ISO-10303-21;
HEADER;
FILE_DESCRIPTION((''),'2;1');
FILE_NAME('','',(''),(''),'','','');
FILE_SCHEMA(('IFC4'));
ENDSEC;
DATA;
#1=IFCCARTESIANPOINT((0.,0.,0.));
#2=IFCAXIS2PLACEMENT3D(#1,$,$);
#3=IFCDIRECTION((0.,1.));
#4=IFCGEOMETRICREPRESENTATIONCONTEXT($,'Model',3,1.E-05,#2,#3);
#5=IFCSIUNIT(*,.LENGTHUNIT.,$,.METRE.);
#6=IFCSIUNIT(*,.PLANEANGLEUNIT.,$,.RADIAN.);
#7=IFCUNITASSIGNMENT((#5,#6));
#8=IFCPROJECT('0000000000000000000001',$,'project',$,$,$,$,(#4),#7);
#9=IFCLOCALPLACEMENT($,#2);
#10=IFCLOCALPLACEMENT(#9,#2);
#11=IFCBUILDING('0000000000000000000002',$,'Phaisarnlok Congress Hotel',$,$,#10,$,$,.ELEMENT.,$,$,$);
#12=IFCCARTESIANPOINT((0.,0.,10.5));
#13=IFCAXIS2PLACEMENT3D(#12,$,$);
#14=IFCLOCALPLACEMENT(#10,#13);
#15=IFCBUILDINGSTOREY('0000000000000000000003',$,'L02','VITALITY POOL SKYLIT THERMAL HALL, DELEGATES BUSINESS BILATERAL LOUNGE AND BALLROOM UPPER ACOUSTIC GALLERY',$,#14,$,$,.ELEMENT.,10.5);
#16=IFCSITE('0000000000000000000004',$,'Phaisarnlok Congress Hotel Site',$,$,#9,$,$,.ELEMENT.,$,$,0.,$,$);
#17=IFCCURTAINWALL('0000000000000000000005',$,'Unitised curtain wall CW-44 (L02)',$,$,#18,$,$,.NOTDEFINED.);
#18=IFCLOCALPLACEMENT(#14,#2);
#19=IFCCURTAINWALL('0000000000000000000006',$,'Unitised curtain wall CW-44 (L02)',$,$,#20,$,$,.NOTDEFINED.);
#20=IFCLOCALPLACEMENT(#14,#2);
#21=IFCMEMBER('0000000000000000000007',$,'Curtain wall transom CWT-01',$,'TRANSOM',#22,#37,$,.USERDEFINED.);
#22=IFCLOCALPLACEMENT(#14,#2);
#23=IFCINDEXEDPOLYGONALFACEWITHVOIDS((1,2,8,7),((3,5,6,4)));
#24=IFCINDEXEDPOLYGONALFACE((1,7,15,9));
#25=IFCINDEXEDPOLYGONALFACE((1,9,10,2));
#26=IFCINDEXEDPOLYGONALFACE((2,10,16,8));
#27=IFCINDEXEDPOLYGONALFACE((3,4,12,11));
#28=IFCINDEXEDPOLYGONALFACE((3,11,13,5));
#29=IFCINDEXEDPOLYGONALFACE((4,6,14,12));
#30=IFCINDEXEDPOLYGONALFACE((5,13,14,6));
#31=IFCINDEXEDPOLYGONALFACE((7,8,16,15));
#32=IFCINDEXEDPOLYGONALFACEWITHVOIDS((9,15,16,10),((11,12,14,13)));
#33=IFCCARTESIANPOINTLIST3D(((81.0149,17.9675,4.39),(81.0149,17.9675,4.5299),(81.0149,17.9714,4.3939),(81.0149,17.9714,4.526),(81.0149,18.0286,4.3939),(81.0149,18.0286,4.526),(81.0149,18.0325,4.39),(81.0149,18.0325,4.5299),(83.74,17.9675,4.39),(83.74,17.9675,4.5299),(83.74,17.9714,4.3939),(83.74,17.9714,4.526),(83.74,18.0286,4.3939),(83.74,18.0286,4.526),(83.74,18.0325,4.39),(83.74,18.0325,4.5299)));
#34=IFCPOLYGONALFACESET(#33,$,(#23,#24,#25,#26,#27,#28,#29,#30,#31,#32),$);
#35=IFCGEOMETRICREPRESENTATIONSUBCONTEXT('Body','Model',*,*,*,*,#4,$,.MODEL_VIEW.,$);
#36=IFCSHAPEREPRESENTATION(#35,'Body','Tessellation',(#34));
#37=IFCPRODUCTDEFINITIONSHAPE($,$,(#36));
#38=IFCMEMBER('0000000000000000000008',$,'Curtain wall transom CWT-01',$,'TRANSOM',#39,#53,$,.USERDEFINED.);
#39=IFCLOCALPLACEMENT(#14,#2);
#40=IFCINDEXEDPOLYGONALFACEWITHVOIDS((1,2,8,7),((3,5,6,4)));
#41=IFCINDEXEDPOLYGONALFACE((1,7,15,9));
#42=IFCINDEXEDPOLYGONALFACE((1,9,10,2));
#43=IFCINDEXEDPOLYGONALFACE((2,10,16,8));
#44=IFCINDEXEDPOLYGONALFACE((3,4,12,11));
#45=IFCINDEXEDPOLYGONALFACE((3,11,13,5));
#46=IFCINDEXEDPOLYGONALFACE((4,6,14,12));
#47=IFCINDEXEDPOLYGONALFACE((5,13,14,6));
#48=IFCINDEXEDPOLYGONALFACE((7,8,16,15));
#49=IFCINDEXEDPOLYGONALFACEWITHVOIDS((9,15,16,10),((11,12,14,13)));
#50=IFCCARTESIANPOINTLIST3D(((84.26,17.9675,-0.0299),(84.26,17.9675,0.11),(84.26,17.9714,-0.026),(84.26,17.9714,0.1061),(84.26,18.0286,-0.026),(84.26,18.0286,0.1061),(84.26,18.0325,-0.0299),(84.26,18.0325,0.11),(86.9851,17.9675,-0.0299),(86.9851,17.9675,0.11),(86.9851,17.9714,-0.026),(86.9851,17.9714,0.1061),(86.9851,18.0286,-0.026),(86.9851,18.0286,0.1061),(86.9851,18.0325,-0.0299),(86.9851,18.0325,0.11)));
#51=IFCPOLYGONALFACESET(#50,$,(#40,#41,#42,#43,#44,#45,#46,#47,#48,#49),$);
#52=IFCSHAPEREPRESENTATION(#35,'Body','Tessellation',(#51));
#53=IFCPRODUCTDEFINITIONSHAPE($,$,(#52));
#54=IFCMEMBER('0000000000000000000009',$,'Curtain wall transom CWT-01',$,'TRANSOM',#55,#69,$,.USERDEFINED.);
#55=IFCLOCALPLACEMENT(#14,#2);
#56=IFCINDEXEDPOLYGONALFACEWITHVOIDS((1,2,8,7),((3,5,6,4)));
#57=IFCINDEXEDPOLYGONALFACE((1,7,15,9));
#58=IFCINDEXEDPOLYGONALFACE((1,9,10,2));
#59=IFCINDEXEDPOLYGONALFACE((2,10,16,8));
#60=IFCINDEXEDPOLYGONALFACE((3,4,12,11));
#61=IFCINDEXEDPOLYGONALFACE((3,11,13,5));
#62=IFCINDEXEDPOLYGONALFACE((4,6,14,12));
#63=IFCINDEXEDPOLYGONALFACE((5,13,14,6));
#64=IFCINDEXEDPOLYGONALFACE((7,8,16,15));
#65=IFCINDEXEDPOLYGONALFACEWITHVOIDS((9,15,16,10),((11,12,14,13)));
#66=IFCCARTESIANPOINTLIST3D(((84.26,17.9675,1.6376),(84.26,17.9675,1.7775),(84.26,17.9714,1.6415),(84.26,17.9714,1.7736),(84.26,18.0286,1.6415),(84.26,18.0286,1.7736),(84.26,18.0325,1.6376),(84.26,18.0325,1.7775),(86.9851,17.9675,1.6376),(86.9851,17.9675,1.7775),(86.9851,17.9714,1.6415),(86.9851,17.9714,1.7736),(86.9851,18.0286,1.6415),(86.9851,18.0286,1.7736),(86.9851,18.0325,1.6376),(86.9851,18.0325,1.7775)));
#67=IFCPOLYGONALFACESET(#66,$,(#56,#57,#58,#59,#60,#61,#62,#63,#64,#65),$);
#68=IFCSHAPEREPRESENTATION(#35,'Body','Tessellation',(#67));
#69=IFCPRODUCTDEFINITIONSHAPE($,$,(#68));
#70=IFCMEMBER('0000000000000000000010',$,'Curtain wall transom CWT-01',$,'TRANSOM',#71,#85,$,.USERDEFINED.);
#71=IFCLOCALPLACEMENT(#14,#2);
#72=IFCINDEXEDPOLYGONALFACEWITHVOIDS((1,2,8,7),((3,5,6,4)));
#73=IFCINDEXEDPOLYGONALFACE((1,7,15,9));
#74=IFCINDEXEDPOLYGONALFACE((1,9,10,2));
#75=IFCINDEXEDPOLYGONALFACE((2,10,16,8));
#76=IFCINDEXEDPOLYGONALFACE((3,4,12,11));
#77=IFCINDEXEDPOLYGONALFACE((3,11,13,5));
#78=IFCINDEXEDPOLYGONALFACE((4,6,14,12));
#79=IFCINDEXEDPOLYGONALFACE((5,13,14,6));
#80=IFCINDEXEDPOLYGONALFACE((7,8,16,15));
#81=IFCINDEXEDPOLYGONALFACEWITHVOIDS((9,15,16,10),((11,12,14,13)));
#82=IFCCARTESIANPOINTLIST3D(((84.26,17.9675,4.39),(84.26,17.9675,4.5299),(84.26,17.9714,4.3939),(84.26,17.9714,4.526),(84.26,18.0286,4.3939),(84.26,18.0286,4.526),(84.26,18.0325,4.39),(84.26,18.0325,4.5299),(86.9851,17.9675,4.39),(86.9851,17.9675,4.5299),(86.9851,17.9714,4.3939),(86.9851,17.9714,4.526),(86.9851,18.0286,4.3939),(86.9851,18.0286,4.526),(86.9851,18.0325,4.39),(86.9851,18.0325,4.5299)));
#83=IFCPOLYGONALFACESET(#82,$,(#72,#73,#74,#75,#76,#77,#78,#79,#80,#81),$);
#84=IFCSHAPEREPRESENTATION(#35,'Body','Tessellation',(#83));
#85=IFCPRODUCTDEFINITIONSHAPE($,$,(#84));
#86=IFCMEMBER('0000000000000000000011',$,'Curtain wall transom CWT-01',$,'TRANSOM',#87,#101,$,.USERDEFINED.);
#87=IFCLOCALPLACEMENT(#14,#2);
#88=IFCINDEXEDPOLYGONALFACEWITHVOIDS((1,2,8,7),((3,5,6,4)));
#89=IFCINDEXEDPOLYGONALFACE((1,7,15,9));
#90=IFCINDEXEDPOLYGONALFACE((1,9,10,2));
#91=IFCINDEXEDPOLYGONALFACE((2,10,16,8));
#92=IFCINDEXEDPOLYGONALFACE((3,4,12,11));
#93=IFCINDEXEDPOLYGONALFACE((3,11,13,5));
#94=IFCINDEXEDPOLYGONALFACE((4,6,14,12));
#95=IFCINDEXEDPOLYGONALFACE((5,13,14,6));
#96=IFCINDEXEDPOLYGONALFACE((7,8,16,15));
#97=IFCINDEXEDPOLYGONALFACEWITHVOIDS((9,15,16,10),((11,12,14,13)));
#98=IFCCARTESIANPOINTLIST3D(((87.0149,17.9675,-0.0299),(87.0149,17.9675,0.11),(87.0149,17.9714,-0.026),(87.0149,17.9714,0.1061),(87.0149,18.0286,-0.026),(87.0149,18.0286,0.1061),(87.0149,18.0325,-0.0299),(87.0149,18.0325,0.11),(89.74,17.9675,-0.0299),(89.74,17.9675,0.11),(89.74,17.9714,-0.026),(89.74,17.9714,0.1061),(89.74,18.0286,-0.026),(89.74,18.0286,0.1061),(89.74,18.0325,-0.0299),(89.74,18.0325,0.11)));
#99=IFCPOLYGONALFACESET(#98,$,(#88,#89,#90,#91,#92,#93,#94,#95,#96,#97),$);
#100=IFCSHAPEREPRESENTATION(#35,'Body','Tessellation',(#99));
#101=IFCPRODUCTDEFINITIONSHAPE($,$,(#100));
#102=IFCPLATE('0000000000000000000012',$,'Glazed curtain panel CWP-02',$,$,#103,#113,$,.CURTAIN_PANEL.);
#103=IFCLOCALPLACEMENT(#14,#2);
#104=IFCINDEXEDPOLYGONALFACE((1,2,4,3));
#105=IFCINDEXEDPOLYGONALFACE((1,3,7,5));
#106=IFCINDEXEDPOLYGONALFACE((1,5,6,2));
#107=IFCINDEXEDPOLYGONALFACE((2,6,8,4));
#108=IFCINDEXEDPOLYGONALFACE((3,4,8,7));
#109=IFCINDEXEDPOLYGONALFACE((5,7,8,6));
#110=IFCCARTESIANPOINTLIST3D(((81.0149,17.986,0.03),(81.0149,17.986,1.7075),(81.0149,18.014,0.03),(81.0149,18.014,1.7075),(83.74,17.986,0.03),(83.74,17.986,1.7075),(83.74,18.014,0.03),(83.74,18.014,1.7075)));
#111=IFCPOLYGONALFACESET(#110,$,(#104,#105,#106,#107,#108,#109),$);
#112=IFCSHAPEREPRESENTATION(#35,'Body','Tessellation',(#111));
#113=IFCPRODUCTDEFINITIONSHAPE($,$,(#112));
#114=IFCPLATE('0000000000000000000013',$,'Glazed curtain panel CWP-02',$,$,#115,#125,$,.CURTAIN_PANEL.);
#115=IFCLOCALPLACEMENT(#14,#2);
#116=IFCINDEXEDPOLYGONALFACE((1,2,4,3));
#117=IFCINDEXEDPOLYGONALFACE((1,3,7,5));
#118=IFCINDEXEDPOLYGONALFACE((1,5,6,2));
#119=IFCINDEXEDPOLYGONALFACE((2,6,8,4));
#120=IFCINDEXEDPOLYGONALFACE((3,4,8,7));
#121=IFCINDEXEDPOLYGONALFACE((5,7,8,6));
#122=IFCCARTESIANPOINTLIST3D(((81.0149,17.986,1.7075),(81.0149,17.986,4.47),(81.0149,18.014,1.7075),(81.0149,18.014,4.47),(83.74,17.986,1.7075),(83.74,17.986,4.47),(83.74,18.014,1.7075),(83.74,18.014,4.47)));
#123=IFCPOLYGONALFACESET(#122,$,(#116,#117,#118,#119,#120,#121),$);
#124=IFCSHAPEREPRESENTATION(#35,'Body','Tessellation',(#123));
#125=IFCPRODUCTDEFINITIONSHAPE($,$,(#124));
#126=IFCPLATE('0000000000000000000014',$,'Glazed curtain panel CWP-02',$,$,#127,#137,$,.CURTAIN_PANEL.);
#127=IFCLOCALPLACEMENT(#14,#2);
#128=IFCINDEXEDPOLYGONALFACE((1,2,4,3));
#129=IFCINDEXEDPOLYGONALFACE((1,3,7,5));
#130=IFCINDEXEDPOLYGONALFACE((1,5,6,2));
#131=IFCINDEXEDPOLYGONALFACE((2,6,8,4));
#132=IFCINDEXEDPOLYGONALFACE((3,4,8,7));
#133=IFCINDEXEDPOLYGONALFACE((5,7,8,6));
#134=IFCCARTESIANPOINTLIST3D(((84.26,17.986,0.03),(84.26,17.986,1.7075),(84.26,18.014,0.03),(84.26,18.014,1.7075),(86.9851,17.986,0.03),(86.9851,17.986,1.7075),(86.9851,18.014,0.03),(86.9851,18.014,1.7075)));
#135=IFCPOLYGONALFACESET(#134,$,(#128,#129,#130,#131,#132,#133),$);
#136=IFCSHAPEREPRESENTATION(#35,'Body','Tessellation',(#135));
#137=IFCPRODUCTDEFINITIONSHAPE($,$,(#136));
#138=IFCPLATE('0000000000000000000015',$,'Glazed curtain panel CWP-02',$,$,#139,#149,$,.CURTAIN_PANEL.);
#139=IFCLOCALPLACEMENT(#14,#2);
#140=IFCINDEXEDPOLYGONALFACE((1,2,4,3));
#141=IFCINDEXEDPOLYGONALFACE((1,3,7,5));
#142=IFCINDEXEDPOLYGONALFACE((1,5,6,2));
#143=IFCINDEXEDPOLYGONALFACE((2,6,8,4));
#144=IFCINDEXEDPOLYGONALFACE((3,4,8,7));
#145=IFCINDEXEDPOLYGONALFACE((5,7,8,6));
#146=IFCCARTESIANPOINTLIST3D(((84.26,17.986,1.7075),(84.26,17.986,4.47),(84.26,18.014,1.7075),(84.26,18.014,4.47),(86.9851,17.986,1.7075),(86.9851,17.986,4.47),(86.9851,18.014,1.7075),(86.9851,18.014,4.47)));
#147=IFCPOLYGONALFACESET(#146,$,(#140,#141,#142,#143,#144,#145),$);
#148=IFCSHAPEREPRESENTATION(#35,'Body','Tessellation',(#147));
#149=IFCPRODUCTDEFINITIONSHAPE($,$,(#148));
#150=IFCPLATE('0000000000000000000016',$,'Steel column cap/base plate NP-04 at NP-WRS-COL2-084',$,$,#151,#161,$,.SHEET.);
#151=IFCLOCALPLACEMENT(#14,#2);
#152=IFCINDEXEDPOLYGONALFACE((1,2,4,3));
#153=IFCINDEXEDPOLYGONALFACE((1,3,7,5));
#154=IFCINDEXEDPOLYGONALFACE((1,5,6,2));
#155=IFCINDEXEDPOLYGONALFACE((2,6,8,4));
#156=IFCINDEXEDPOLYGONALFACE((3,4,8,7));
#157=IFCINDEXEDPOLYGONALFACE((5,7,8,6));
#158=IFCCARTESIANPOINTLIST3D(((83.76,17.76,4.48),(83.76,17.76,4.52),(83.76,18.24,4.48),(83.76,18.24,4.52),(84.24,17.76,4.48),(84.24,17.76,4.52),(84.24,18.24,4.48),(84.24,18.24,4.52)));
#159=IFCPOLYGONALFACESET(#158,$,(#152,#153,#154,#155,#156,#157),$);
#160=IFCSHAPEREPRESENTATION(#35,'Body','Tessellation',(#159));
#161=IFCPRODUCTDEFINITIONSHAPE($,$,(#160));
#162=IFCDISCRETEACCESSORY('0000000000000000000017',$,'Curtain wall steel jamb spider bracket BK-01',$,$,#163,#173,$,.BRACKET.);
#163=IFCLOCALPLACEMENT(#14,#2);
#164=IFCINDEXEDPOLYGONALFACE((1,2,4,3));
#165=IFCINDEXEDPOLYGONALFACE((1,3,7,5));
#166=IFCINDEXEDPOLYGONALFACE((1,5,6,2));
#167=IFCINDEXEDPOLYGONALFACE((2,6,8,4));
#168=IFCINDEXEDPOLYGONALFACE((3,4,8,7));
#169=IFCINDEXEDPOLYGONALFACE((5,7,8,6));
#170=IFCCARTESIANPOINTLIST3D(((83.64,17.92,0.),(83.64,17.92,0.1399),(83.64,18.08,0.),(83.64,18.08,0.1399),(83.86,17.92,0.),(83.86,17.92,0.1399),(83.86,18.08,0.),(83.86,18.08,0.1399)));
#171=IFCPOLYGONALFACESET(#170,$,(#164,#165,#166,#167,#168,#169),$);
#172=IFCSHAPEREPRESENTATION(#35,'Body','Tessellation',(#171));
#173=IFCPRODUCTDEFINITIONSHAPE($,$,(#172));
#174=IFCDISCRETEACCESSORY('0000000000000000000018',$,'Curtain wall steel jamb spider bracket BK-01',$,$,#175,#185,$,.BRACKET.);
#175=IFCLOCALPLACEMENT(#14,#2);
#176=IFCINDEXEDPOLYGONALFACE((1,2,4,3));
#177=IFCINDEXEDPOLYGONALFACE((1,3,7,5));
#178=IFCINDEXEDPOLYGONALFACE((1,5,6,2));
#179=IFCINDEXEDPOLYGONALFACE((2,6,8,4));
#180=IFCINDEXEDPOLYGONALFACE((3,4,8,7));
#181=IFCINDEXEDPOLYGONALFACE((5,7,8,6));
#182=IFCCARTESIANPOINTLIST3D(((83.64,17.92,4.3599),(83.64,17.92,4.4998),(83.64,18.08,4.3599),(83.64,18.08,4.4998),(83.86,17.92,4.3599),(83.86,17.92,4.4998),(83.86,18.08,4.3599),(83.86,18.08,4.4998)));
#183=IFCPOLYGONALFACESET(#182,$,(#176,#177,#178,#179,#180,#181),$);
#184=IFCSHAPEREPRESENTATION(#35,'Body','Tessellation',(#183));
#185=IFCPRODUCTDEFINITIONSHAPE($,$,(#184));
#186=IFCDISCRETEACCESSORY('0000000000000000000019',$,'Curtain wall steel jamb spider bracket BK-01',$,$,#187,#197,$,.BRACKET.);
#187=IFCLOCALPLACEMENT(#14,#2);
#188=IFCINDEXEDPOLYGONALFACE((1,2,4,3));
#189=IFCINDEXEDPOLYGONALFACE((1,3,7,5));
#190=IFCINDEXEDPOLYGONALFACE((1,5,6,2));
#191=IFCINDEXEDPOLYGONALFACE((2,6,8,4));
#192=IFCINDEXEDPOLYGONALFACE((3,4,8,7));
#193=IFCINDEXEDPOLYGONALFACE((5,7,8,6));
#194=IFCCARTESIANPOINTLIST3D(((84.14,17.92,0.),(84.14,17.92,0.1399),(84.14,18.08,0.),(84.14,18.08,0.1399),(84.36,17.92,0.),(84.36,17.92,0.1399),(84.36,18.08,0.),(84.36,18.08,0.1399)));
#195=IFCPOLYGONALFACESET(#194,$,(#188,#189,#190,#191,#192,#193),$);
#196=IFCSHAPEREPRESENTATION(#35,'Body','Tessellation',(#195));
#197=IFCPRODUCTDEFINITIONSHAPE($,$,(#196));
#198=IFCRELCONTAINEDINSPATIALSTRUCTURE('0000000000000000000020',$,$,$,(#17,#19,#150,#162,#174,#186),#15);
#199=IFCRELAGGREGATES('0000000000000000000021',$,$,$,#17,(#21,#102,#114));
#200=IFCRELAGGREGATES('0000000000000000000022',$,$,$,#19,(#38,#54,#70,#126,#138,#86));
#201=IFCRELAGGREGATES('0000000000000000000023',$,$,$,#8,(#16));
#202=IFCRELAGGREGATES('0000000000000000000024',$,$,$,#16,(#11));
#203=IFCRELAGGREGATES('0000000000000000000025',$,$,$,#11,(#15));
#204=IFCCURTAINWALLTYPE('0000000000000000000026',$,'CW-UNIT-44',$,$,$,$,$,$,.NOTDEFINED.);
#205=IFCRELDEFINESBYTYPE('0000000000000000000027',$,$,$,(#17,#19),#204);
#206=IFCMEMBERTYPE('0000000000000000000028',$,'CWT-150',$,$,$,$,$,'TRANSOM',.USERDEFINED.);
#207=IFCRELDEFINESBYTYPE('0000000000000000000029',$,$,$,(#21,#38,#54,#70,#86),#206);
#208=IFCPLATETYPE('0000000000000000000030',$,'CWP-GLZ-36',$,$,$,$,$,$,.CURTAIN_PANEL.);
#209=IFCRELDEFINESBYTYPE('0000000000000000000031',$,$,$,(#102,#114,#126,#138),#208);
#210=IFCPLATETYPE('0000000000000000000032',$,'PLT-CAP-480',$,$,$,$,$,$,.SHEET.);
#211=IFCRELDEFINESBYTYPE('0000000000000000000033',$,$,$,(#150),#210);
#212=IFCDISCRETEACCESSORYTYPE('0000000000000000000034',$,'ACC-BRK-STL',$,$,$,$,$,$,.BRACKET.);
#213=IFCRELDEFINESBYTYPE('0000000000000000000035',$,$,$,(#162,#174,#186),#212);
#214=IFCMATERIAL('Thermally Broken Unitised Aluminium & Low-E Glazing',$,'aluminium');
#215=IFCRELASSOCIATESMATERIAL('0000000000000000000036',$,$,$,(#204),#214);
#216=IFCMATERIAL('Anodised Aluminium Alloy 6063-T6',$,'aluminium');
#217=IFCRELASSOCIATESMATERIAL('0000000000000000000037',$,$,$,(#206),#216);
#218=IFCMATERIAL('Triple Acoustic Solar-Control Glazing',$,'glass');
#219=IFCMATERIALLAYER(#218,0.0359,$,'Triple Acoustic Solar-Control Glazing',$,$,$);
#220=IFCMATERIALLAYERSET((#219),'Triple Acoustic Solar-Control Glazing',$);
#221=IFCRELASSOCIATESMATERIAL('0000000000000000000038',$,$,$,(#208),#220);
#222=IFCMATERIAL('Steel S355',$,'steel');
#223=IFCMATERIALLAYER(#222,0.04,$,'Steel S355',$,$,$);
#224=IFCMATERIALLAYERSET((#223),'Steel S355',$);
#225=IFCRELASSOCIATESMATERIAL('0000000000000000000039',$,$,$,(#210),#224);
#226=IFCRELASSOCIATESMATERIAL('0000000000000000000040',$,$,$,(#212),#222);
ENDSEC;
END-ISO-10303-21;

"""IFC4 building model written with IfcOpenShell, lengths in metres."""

from ifc_helpers import new_model, si_unit, direction, frame, frame_2d, origin, origin_2d, place, context, subcontext, project, spatial, rectangle, hollow_rectangle, extrude, material, layer, layer_set, material_profile, profile_set, type_object, element, aggregate, save


model = new_model("IFC4")

# Units and contexts
model_context = context("Model", 3, precision=1e-05, world=origin(), true_north=direction((0.0, 1.0)))
body_context = subcontext(model_context, "Body", "Model", "MODEL_VIEW")
ifc_project = project(units=[si_unit("LENGTHUNIT", "METRE"), si_unit("PLANEANGLEUNIT", "RADIAN")], contexts=[model_context])

# Site, building, storey
site_placement = place(None, origin())
site = spatial("IfcSite", under=ifc_project, at=site_placement, Name="Phaisarnlok Congress Hotel Site", CompositionType="ELEMENT", RefElevation=0.0)
building_placement = place(site_placement, origin())
building = spatial("IfcBuilding", under=site, at=building_placement, Name="Phaisarnlok Congress Hotel", CompositionType="ELEMENT")
storey_placement = place(building_placement, frame((0.0, 0.0, 10.5)))
storey = spatial("IfcBuildingStorey", under=building, at=storey_placement, Name="L02", Description="VITALITY POOL SKYLIT THERMAL HALL, DELEGATES BUSINESS BILATERAL LOUNGE AND BALLROOM UPPER ACOUSTIC GALLERY", CompositionType="ELEMENT", Elevation=10.5)

# Shared definitions
ifc_material_1 = material(Name="Steel S355", Category="steel")

# Curtain walls
ifc_material_2 = material(Name="Thermally Broken Unitised Aluminium & Low-E Glazing", Category="aluminium")
curtain_wall_type = type_object("IfcCurtainWallType", Name="CW-UNIT-44", PredefinedType="NOTDEFINED", material=ifc_material_2)
curtain_wall_1_placement = place(storey_placement, origin())
curtain_wall_1 = element("IfcCurtainWall", 1, at=curtain_wall_1_placement, inside=storey, type_object=curtain_wall_type, Name="Unitised curtain wall CW-44 (L02)", PredefinedType="NOTDEFINED")
ifc_material_3 = material(Name="Anodised Aluminium Alloy 6063-T6", Category="aluminium")
curtain_wall_2_placement = place(storey_placement, origin())
curtain_wall_2 = element("IfcCurtainWall", 2, at=curtain_wall_2_placement, inside=storey, type_object=curtain_wall_type, Name="Unitised curtain wall CW-44 (L02)", PredefinedType="NOTDEFINED")

# Members
ifc_material_profile_1 = material_profile(ifc_material_3, hollow_rectangle(XDim=0.0649, YDim=0.1399, WallThickness=0.0039, at=origin_2d()), Name="ALU-T 65x140x4")
ifc_profile_set_1 = profile_set([ifc_material_profile_1], Name="Anodised Aluminium Alloy 6063-T6")
member_type_1 = type_object("IfcMemberType", Name="CWT-150", ElementType="TRANSOM", PredefinedType="USERDEFINED", material=ifc_profile_set_1)
member_1_placement = place(storey_placement, frame((81.0149, 18.0, 4.46), z_axis=(1.0, 0.0, 0.0), x_axis=(0.0, 1.0, 0.0)))
member_1 = element("IfcMember", 3, at=member_1_placement, type_object=member_type_1, Name="Curtain wall transom CWT-01", ObjectType="TRANSOM", PredefinedType="USERDEFINED", context=body_context, shape_type="SweptSolid", body=[
    extrude(hollow_rectangle(XDim=0.0649, YDim=0.1399, WallThickness=0.0039, at=origin_2d()), origin(), (0.0, 0.0, 1.0), 2.7251),
])
member_2_placement = place(storey_placement, frame((84.26, 18.0, 0.04), z_axis=(1.0, 0.0, 0.0), x_axis=(0.0, 1.0, 0.0)))
member_2 = element("IfcMember", 4, at=member_2_placement, type_object=member_type_1, Name="Curtain wall transom CWT-01", ObjectType="TRANSOM", PredefinedType="USERDEFINED", context=body_context, shape_type="SweptSolid", body=[
    extrude(hollow_rectangle(XDim=0.0649, YDim=0.1399, WallThickness=0.0039, at=origin_2d()), origin(), (0.0, 0.0, 1.0), 2.7251),
])
member_3_placement = place(storey_placement, frame((84.26, 18.0, 1.7075), z_axis=(1.0, 0.0, 0.0), x_axis=(0.0, 1.0, 0.0)))
member_3 = element("IfcMember", 5, at=member_3_placement, type_object=member_type_1, Name="Curtain wall transom CWT-01", ObjectType="TRANSOM", PredefinedType="USERDEFINED", context=body_context, shape_type="SweptSolid", body=[
    extrude(hollow_rectangle(XDim=0.0649, YDim=0.1399, WallThickness=0.0039, at=origin_2d()), origin(), (0.0, 0.0, 1.0), 2.7251),
])
member_4_placement = place(storey_placement, frame((84.26, 18.0, 4.46), z_axis=(1.0, 0.0, 0.0), x_axis=(0.0, 1.0, 0.0)))
member_4 = element("IfcMember", 6, at=member_4_placement, type_object=member_type_1, Name="Curtain wall transom CWT-01", ObjectType="TRANSOM", PredefinedType="USERDEFINED", context=body_context, shape_type="SweptSolid", body=[
    extrude(hollow_rectangle(XDim=0.0649, YDim=0.1399, WallThickness=0.0039, at=origin_2d()), origin(), (0.0, 0.0, 1.0), 2.7251),
])
member_5_placement = place(storey_placement, frame((87.0149, 18.0, 0.04), z_axis=(1.0, 0.0, 0.0), x_axis=(0.0, 1.0, 0.0)))
member_5 = element("IfcMember", 7, at=member_5_placement, type_object=member_type_1, Name="Curtain wall transom CWT-01", ObjectType="TRANSOM", PredefinedType="USERDEFINED", context=body_context, shape_type="SweptSolid", body=[
    extrude(hollow_rectangle(XDim=0.0649, YDim=0.1399, WallThickness=0.0039, at=origin_2d()), origin(), (0.0, 0.0, 1.0), 2.7251),
])

# Plates
ifc_material_4 = material(Name="Triple Acoustic Solar-Control Glazing", Category="glass")
ifc_layer_1 = layer(ifc_material_4, 0.0359, Name="Triple Acoustic Solar-Control Glazing")
ifc_layer_set_1 = layer_set([ifc_layer_1], Name="Triple Acoustic Solar-Control Glazing")
plate_type_1 = type_object("IfcPlateType", Name="CWP-GLZ-36", PredefinedType="CURTAIN_PANEL", material=ifc_layer_set_1)
plate_1_placement = place(storey_placement, frame((81.0149, 18.0, 0.03), z_axis=(0.0, 0.0, 1.0), x_axis=(1.0, 0.0, 0.0)))
plate_1 = element("IfcPlate", 8, at=plate_1_placement, type_object=plate_type_1, Name="Glazed curtain panel CWP-02", PredefinedType="CURTAIN_PANEL", context=body_context, shape_type="SweptSolid", body=[
    extrude(rectangle(XDim=2.7251, YDim=0.0281, at=frame_2d((1.3625, 0.0))), origin(), (0.0, 0.0, 1.0), 1.6775),
])
plate_2_placement = place(storey_placement, frame((81.0149, 18.0, 1.7075), z_axis=(0.0, 0.0, 1.0), x_axis=(1.0, 0.0, 0.0)))
plate_2 = element("IfcPlate", 9, at=plate_2_placement, type_object=plate_type_1, Name="Glazed curtain panel CWP-02", PredefinedType="CURTAIN_PANEL", context=body_context, shape_type="SweptSolid", body=[
    extrude(rectangle(XDim=2.7251, YDim=0.0281, at=frame_2d((1.3625, 0.0))), origin(), (0.0, 0.0, 1.0), 2.7625),
])
aggregate(curtain_wall_1, [member_1, plate_1, plate_2])
plate_3_placement = place(storey_placement, frame((84.26, 18.0, 0.03), z_axis=(0.0, 0.0, 1.0), x_axis=(1.0, 0.0, 0.0)))
plate_3 = element("IfcPlate", 10, at=plate_3_placement, type_object=plate_type_1, Name="Glazed curtain panel CWP-02", PredefinedType="CURTAIN_PANEL", context=body_context, shape_type="SweptSolid", body=[
    extrude(rectangle(XDim=2.7251, YDim=0.0281, at=frame_2d((1.3625, 0.0))), origin(), (0.0, 0.0, 1.0), 1.6775),
])
plate_4_placement = place(storey_placement, frame((84.26, 18.0, 1.7075), z_axis=(0.0, 0.0, 1.0), x_axis=(1.0, 0.0, 0.0)))
plate_4 = element("IfcPlate", 11, at=plate_4_placement, type_object=plate_type_1, Name="Glazed curtain panel CWP-02", PredefinedType="CURTAIN_PANEL", context=body_context, shape_type="SweptSolid", body=[
    extrude(rectangle(XDim=2.7251, YDim=0.0281, at=frame_2d((1.3625, 0.0))), origin(), (0.0, 0.0, 1.0), 2.7625),
])
aggregate(curtain_wall_2, [member_2, member_3, member_4, plate_3, plate_4, member_5])
ifc_layer_2 = layer(ifc_material_1, 0.04, Name="Steel S355")
ifc_layer_set_2 = layer_set([ifc_layer_2], Name="Steel S355")
plate_type_2 = type_object("IfcPlateType", Name="PLT-CAP-480", PredefinedType="SHEET", material=ifc_layer_set_2)
plate_5_placement = place(storey_placement, frame((84.0, 18.0, 4.48), z_axis=(0.0, 0.0, 1.0), x_axis=(1.0, 0.0, 0.0)))
element("IfcPlate", 12, at=plate_5_placement, inside=storey, type_object=plate_type_2, Name="Steel column cap/base plate NP-04 at NP-WRS-COL2-084", PredefinedType="SHEET", context=body_context, shape_type="SweptSolid", body=[
    extrude(rectangle(XDim=0.48, YDim=0.48, at=origin_2d()), origin(), (0.0, 0.0, 1.0), 0.04),
])

# Discrete accessories
discrete_accessory_type = type_object("IfcDiscreteAccessoryType", Name="ACC-BRK-STL", PredefinedType="BRACKET", material=ifc_material_1)
for number, where, z_axis, x_axis, name in (
    (13, (83.75, 18.0, 0.0), (0.0, 0.0, 1.0), (1.0, 0.0, 0.0), "Curtain wall steel jamb spider bracket BK-01"),
    (14, (83.75, 18.0, 4.3599), (0.0, 0.0, 1.0), (1.0, 0.0, 0.0), "Curtain wall steel jamb spider bracket BK-01"),
    (15, (84.25, 18.0, 0.0), (0.0, 0.0, 1.0), (1.0, 0.0, 0.0), "Curtain wall steel jamb spider bracket BK-01"),
):
    element("IfcDiscreteAccessory", number, at=place(storey_placement, frame(where, z_axis=z_axis, x_axis=x_axis)), inside=storey, type_object=discrete_accessory_type, Name=name, PredefinedType="BRACKET", context=body_context, shape_type="SweptSolid", body=[
        extrude(rectangle(XDim=0.22, YDim=0.1599, at=origin_2d()), origin(), (0.0, 0.0, 1.0), 0.1399),
    ])

save(model, "model.ifc")
